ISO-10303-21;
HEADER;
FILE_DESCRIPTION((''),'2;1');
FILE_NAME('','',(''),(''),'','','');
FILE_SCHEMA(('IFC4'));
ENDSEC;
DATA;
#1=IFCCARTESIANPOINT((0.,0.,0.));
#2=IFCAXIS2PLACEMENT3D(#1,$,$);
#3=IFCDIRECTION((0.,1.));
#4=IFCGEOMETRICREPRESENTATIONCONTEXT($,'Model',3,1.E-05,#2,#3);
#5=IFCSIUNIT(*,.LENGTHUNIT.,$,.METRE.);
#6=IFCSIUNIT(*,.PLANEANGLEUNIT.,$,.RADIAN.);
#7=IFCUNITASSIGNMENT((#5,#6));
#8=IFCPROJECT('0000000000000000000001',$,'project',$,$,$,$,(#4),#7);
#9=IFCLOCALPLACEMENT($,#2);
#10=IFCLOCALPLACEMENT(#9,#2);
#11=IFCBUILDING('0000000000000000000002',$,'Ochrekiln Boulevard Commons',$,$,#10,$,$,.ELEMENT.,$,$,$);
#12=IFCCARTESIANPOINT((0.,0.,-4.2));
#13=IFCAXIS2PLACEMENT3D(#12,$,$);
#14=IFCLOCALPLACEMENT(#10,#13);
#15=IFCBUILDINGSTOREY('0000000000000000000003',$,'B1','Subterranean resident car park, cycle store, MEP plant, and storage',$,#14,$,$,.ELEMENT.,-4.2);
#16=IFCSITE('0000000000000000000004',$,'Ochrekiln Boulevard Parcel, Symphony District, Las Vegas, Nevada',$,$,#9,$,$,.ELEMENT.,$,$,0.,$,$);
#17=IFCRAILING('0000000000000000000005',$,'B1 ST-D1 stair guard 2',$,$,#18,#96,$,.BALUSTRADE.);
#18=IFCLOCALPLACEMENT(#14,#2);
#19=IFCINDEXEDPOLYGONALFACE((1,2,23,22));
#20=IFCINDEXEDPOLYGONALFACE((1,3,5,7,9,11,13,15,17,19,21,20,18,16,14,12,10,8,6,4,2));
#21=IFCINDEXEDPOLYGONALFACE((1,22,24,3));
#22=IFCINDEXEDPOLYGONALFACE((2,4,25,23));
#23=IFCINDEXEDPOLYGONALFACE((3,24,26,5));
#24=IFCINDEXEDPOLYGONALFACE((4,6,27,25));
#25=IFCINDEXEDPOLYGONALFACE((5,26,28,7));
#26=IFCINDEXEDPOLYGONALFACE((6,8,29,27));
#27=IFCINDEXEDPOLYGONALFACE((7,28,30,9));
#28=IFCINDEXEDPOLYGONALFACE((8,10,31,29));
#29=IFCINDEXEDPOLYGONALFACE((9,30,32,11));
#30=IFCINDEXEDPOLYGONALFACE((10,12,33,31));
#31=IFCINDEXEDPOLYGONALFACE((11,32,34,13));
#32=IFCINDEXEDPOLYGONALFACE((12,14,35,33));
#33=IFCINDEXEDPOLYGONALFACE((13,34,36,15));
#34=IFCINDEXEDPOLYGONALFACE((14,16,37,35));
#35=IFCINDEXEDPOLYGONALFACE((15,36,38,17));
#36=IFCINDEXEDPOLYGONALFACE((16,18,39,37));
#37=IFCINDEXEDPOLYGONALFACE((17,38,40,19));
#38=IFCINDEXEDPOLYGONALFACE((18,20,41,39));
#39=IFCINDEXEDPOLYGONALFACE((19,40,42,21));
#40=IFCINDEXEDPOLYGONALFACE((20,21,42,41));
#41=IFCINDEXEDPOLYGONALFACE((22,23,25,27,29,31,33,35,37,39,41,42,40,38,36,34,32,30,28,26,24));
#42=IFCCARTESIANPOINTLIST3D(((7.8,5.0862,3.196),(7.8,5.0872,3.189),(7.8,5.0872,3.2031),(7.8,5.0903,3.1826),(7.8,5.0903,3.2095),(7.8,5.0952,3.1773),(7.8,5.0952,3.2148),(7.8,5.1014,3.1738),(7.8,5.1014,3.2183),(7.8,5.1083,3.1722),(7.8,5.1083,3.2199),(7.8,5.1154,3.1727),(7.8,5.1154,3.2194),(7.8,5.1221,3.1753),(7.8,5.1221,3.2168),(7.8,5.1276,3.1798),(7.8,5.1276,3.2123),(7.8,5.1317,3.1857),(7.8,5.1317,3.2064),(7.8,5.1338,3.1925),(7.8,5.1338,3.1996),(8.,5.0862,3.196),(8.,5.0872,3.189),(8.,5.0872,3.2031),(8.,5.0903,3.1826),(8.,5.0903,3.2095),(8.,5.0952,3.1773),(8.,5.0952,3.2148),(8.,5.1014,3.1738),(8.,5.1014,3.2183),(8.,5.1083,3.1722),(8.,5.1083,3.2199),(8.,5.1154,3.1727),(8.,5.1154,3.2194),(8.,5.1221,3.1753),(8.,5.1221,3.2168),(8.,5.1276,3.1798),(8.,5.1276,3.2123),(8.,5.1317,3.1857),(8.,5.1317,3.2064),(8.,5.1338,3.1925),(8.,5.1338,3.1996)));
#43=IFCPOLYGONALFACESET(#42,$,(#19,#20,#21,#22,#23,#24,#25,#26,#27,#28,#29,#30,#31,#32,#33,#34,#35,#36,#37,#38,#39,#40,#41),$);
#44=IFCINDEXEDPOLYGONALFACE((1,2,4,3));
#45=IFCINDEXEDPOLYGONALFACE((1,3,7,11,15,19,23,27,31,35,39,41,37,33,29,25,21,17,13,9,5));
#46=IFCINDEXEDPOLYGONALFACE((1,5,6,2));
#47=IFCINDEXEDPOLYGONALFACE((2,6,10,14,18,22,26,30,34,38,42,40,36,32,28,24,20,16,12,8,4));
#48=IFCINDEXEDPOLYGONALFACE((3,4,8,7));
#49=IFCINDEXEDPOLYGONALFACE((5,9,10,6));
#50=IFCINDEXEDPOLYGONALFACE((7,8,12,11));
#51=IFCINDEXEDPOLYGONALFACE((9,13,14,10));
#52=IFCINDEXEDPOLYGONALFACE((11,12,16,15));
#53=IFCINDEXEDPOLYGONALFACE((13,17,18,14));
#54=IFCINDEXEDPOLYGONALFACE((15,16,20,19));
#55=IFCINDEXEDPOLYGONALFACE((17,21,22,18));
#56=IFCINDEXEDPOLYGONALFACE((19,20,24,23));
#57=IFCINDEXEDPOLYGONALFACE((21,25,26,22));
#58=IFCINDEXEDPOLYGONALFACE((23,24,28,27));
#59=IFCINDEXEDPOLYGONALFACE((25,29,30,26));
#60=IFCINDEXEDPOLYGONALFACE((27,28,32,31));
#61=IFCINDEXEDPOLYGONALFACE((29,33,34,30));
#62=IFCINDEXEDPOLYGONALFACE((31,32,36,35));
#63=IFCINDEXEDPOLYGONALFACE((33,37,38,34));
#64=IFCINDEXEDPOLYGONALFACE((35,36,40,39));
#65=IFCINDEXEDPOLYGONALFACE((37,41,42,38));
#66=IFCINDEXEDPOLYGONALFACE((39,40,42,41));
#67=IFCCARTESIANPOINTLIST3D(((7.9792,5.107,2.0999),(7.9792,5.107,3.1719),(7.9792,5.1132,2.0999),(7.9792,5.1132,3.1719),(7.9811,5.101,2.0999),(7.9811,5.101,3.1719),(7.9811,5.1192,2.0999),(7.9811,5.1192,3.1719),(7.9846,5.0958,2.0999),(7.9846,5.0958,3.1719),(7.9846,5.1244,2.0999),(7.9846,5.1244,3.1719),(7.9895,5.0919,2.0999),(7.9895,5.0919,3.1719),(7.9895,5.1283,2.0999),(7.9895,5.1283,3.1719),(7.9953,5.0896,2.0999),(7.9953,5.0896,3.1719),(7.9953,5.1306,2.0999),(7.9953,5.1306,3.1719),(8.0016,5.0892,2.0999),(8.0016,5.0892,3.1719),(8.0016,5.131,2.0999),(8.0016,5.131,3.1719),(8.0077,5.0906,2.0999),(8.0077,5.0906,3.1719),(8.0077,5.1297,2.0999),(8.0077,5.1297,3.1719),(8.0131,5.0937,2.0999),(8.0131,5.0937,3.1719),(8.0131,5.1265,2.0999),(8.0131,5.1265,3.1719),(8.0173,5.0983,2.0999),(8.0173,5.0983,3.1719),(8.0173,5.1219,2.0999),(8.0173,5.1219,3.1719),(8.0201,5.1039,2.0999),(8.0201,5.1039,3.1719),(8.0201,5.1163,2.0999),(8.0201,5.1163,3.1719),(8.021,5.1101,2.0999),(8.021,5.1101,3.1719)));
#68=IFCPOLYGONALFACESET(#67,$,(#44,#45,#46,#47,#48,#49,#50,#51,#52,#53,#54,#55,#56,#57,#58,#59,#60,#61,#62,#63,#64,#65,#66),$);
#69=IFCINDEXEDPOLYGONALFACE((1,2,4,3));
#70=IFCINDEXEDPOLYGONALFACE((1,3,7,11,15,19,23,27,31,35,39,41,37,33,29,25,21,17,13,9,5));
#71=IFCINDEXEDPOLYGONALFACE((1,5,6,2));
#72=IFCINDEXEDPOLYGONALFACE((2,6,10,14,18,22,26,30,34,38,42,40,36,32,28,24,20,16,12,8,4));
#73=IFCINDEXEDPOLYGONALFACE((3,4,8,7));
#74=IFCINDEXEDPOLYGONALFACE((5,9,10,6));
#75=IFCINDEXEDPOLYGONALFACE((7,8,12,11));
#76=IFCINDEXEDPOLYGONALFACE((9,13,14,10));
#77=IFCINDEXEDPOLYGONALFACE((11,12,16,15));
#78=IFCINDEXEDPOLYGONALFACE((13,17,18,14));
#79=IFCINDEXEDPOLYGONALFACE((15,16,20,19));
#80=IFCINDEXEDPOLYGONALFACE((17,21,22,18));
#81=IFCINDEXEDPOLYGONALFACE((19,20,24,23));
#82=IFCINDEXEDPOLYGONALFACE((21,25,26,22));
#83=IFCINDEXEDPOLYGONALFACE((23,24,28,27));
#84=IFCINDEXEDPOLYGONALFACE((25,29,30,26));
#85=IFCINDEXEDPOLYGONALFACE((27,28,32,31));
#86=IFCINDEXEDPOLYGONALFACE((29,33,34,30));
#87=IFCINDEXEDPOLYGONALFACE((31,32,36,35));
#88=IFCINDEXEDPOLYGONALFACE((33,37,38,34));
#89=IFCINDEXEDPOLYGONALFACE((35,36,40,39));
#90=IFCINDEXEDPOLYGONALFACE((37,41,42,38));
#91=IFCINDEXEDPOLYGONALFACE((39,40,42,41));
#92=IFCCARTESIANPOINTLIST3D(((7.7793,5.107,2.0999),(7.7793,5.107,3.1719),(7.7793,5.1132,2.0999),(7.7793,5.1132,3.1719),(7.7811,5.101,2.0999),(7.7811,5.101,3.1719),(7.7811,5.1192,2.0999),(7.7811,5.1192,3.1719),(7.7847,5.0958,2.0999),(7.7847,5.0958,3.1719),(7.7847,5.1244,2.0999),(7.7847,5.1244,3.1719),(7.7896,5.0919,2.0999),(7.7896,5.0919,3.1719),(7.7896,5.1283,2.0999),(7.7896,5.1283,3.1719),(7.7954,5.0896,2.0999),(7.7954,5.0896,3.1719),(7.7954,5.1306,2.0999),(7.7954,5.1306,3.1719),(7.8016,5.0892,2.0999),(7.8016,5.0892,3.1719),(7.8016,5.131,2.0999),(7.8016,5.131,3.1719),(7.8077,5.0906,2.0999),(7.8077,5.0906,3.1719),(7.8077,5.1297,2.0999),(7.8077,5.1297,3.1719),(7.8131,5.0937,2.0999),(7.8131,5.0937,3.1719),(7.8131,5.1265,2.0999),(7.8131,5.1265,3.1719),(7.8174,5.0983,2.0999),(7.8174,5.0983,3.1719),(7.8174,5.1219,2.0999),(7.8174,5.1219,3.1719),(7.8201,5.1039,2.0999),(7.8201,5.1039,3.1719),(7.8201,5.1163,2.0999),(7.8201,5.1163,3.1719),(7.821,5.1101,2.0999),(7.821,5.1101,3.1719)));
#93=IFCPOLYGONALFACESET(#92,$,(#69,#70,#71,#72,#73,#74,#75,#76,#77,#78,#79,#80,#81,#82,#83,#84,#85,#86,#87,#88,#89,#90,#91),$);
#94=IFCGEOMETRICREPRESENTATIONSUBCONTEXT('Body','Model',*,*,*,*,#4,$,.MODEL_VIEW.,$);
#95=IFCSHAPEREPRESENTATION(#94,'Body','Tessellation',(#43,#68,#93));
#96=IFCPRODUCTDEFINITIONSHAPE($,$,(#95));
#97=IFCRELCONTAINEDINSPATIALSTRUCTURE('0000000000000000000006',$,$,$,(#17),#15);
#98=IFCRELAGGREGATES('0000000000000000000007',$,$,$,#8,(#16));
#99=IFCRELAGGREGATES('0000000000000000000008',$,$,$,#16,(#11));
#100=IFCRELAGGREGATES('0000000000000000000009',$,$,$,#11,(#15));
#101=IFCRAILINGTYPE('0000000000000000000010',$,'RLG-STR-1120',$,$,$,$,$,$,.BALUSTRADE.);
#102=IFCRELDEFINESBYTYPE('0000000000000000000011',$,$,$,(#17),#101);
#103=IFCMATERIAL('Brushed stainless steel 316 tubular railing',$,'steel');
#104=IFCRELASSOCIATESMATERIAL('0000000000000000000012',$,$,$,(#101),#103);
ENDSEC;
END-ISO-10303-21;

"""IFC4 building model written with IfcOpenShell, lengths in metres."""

from ifc_helpers import new_model, si_unit, direction, frame, origin, origin_2d, place, context, subcontext, project, spatial, circle, extrude, material, type_object, element, save


model = new_model("IFC4")

# Units and contexts
model_context = context("Model", 3, precision=1e-05, world=origin(), true_north=direction((0.0, 1.0)))
body_context = subcontext(model_context, "Body", "Model", "MODEL_VIEW")
ifc_project = project(units=[si_unit("LENGTHUNIT", "METRE"), si_unit("PLANEANGLEUNIT", "RADIAN")], contexts=[model_context])

# Site, building, storey
site_placement = place(None, origin())
site = spatial("IfcSite", under=ifc_project, at=site_placement, Name="Ochrekiln Boulevard Parcel, Symphony District, Las Vegas, Nevada", CompositionType="ELEMENT", RefElevation=0.0)
building_placement = place(site_placement, origin())
building = spatial("IfcBuilding", under=site, at=building_placement, Name="Ochrekiln Boulevard Commons", CompositionType="ELEMENT")
storey_placement = place(building_placement, frame((0.0, 0.0, -4.2)))
storey = spatial("IfcBuildingStorey", under=building, at=storey_placement, Name="B1", Description="Subterranean resident car park, cycle store, MEP plant, and storage", CompositionType="ELEMENT", Elevation=-4.2)

# Railing
ifc_material_1 = material(Name="Brushed stainless steel 316 tubular railing", Category="steel")
railing_type_1 = type_object("IfcRailingType", Name="RLG-STR-1120", PredefinedType="BALUSTRADE", material=ifc_material_1)
railing_1_placement = place(storey_placement, frame((8.0, 5.1101, 2.0999)))
element("IfcRailing", 1, at=railing_1_placement, inside=storey, type_object=railing_type_1, Name="B1 ST-D1 stair guard 2", PredefinedType="BALUSTRADE", context=body_context, shape_type="SweptSolid", body=[
    extrude(circle(Radius=0.0239, at=origin_2d()), frame((0.0, 0.0, 1.0962), z_axis=(-1.0, 0.0, 0.0), x_axis=(0.0, -1.0, 0.0)), (0.0, 0.0, 1.0), 0.2),
    extrude(circle(Radius=0.021, at=origin_2d()), origin(), (0.0, 0.0, 1.0), 1.072),
    extrude(circle(Radius=0.021, at=origin_2d()), frame((-0.2, 0.0, 0.0)), (0.0, 0.0, 1.0), 1.072),
])

save(model, "model.ifc")
